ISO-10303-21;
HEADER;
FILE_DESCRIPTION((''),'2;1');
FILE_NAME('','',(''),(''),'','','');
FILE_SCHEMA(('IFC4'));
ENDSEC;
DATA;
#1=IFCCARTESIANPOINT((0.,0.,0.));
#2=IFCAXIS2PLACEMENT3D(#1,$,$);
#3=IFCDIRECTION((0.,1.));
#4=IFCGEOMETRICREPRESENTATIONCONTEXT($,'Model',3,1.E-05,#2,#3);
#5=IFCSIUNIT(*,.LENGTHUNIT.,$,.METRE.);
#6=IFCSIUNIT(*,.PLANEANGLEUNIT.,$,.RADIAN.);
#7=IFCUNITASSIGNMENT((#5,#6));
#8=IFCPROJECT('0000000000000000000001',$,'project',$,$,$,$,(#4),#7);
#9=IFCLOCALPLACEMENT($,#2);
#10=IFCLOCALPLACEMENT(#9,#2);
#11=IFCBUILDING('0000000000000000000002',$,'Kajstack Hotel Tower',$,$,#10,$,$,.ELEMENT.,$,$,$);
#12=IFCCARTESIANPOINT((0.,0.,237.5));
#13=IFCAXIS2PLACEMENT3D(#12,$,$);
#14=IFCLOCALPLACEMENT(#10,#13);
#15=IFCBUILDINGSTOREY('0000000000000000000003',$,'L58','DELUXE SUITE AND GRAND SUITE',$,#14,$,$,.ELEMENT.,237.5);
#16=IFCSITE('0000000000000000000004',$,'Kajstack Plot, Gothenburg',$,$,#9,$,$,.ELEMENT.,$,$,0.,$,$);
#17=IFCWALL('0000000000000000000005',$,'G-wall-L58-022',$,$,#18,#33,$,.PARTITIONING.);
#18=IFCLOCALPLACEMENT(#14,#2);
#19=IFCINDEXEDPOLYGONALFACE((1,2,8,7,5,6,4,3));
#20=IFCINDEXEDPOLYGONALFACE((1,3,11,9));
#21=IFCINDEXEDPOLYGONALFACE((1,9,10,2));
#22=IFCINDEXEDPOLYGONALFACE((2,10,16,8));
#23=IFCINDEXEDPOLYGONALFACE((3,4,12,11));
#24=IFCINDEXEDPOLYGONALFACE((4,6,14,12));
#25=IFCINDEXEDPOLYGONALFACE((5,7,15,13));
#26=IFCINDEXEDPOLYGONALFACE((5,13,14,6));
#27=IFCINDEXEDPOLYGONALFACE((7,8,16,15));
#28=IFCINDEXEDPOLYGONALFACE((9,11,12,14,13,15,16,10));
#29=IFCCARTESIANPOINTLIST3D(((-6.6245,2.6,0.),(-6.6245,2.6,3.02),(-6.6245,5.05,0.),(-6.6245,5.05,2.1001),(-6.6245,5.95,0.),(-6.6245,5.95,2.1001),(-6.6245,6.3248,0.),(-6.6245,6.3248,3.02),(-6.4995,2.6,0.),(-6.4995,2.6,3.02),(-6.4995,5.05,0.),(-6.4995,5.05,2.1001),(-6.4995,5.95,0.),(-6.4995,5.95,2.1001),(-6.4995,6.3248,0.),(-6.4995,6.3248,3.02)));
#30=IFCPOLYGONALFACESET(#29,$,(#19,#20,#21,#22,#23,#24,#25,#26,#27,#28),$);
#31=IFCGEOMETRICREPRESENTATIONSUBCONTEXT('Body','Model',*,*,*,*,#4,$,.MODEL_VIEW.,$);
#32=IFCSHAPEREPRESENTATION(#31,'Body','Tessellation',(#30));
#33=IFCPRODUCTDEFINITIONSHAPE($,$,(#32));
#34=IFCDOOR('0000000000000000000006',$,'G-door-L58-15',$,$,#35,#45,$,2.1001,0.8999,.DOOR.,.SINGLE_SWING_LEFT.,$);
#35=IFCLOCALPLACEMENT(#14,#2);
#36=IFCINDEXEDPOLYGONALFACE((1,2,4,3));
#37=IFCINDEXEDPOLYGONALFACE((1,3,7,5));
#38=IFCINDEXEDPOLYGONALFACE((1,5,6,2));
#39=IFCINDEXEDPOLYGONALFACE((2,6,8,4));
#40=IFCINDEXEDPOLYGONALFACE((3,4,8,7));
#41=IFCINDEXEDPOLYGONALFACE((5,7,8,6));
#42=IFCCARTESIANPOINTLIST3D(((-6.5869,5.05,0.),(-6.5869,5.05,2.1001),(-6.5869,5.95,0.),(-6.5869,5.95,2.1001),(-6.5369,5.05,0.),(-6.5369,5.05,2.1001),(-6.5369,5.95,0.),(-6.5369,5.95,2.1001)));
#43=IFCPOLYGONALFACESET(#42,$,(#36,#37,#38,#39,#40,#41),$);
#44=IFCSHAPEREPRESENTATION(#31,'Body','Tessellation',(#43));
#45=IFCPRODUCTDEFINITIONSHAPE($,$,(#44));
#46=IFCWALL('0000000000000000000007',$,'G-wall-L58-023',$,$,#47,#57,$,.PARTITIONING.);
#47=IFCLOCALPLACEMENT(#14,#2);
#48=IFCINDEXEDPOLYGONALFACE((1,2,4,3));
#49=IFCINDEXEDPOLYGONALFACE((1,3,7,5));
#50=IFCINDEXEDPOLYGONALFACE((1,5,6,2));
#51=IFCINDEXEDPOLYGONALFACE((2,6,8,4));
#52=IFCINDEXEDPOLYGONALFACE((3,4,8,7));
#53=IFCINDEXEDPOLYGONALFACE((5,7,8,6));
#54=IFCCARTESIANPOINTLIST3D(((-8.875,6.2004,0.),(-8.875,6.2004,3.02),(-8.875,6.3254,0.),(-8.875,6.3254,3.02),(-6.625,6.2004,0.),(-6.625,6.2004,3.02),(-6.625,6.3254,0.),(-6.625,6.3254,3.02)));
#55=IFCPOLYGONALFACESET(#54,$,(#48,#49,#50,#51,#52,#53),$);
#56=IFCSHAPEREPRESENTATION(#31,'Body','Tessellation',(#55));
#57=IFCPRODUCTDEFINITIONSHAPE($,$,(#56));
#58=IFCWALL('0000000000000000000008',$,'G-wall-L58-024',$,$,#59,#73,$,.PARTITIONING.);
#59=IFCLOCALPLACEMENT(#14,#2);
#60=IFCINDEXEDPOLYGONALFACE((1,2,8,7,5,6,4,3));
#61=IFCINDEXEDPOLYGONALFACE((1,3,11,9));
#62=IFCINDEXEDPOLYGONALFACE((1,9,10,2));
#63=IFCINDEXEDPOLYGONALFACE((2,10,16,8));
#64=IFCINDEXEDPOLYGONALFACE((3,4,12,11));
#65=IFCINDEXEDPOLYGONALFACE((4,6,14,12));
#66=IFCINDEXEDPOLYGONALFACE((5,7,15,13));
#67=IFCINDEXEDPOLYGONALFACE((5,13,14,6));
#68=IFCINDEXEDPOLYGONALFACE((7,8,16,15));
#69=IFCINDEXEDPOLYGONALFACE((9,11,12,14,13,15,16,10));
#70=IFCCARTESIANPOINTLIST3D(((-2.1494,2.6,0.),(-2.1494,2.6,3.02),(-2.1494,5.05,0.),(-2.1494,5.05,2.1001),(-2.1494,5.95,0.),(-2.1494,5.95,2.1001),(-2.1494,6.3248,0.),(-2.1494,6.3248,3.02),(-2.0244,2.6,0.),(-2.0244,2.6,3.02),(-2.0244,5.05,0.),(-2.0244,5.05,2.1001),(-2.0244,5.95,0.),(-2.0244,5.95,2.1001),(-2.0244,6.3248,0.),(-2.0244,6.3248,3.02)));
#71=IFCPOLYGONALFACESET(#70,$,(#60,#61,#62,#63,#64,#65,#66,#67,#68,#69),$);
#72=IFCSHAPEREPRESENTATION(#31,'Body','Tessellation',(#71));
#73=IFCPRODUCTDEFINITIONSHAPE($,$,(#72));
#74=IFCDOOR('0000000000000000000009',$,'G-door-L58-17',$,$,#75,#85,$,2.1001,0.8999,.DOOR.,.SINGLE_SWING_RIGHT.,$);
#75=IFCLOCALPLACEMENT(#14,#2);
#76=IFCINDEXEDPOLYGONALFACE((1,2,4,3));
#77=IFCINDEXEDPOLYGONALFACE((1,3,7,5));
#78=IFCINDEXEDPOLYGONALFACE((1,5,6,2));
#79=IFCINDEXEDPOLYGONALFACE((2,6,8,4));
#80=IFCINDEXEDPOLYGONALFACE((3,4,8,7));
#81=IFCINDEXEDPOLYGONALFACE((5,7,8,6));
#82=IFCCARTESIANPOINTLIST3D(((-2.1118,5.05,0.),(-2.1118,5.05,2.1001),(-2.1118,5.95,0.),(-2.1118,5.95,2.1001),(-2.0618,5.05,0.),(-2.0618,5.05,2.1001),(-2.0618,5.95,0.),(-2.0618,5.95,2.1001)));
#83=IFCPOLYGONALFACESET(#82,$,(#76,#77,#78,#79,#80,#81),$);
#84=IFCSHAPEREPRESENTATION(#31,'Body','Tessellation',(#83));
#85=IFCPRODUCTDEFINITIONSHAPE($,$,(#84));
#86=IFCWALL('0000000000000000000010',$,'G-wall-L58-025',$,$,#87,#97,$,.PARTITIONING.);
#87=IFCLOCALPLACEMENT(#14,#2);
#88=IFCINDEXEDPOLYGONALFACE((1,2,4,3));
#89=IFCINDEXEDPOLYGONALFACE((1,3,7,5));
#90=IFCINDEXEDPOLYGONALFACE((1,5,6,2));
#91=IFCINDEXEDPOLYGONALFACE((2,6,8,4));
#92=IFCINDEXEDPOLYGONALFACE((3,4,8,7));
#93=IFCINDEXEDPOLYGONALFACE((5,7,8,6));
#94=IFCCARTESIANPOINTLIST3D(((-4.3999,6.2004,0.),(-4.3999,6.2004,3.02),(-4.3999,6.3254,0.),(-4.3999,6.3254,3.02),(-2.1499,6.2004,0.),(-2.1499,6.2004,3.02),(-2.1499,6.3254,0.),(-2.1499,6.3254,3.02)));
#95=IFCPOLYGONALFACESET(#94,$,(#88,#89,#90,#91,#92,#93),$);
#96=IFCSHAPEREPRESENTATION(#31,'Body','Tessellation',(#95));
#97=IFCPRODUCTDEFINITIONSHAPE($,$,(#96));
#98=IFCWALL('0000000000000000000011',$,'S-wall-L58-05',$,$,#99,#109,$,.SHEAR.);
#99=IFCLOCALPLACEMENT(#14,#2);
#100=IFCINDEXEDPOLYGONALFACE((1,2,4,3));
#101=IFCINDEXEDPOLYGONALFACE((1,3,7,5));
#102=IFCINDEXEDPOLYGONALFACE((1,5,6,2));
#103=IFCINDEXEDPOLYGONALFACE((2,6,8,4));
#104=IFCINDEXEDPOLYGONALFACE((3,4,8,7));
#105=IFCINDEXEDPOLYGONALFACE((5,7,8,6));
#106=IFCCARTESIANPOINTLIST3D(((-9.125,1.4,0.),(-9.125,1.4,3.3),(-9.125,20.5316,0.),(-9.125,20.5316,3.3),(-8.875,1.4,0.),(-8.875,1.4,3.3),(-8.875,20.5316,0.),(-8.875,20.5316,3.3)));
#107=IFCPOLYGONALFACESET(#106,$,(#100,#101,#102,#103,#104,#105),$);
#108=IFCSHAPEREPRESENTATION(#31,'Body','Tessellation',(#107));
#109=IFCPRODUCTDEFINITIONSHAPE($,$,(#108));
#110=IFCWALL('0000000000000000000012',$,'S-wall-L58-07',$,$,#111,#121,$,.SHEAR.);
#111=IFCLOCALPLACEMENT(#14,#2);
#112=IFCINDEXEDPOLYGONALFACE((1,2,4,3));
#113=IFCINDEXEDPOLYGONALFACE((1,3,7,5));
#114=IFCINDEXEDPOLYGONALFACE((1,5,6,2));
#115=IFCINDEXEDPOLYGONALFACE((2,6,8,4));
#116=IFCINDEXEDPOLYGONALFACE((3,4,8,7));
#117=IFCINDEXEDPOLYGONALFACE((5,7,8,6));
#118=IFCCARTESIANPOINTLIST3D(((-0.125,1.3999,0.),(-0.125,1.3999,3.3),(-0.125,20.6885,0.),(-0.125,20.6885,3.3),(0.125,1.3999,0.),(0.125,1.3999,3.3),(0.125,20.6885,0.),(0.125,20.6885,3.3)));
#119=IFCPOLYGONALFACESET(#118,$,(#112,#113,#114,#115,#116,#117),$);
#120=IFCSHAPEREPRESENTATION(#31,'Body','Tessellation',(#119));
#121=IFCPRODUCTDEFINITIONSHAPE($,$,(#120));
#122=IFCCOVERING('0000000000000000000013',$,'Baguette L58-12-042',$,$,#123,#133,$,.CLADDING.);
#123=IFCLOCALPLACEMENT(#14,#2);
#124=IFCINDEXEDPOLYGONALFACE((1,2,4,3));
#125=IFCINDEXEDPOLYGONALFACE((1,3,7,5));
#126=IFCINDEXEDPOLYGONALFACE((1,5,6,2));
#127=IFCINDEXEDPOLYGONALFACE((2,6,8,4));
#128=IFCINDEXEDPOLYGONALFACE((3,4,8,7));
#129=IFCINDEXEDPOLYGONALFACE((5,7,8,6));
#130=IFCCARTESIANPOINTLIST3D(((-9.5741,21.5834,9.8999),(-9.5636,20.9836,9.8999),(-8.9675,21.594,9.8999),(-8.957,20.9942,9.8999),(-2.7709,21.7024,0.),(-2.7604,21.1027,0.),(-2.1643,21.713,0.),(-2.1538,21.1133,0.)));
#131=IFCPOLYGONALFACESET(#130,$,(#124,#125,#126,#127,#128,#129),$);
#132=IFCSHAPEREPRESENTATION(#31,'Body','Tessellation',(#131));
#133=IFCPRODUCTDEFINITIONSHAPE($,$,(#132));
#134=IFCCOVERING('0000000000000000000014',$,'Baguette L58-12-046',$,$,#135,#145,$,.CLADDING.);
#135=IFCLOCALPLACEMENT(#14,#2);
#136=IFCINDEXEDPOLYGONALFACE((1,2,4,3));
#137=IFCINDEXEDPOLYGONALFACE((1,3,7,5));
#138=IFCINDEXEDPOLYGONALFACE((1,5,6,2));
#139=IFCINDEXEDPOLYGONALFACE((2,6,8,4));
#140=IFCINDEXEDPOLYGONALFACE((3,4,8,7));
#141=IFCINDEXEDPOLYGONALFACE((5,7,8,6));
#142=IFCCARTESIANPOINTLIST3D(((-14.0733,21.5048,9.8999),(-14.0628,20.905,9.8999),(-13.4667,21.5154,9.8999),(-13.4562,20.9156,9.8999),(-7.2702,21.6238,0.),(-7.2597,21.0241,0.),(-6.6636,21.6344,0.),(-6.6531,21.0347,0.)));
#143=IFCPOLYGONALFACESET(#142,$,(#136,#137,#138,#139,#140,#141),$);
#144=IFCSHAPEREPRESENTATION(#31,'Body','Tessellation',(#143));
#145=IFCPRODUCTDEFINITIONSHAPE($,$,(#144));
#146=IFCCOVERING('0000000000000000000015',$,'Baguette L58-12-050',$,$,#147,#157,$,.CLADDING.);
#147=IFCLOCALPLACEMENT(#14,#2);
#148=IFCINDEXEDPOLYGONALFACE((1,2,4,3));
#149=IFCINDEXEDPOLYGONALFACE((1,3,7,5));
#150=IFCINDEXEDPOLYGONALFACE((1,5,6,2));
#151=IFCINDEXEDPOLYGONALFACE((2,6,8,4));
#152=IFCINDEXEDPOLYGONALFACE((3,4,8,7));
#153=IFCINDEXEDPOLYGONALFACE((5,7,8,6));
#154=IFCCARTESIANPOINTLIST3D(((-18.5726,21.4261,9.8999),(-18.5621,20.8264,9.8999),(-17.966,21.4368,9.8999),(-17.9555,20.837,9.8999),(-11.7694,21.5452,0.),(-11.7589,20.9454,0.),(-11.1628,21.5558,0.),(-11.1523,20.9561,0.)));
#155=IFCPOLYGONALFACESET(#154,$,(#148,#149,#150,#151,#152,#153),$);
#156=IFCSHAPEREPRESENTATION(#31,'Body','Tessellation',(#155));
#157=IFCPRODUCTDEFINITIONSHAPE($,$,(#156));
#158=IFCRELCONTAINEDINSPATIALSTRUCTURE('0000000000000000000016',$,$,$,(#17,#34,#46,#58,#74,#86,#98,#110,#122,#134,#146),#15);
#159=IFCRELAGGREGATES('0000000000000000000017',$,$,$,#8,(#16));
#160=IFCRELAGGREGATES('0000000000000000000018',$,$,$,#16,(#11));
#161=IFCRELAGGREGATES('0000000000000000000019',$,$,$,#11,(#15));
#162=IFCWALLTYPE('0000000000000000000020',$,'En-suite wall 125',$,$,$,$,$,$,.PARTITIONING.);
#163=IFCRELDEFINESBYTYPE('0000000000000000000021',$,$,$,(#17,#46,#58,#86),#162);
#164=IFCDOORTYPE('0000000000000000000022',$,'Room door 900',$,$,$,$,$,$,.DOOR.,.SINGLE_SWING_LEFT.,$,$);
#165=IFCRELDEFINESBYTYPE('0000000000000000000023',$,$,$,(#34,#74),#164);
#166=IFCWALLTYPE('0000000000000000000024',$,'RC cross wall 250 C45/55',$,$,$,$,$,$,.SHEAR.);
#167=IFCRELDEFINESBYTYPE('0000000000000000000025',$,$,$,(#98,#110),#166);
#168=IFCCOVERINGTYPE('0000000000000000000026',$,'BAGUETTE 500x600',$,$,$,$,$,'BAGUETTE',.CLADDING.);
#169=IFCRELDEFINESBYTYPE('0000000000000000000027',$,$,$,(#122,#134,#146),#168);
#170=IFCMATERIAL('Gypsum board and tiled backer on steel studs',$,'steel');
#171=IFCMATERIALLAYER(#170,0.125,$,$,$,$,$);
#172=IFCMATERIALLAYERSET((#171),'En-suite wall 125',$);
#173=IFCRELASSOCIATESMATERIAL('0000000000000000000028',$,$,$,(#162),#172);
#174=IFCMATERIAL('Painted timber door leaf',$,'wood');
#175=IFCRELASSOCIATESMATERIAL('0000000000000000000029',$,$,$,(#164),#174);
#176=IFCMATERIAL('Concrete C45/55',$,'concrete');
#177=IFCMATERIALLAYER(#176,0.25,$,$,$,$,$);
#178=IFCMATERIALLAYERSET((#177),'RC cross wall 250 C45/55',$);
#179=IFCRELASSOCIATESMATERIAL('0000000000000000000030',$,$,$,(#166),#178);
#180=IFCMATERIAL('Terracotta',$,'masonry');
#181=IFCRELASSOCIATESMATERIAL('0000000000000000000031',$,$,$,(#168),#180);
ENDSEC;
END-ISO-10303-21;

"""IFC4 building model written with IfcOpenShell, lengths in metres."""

from ifc_helpers import new_model, si_unit, direction, frame, frame_2d, origin, origin_2d, place, context, subcontext, project, spatial, polyline, rectangle, outline, extrude, material, layer, layer_set, material_profile, profile_set, type_object, element, fill, save


model = new_model("IFC4")

# Units and contexts
model_context = context("Model", 3, precision=1e-05, world=origin(), true_north=direction((0.0, 1.0)))
body_context = subcontext(model_context, "Body", "Model", "MODEL_VIEW")
ifc_project = project(units=[si_unit("LENGTHUNIT", "METRE"), si_unit("PLANEANGLEUNIT", "RADIAN")], contexts=[model_context])

# Site, building, storey
site_placement = place(None, origin())
site = spatial("IfcSite", under=ifc_project, at=site_placement, Name="Kajstack Plot, Gothenburg", CompositionType="ELEMENT", RefElevation=0.0)
building_placement = place(site_placement, origin())
building = spatial("IfcBuilding", under=site, at=building_placement, Name="Kajstack Hotel Tower", CompositionType="ELEMENT")
storey_placement = place(building_placement, frame((0.0, 0.0, 237.5)))
storey = spatial("IfcBuildingStorey", under=building, at=storey_placement, Name="L58", Description="DELUXE SUITE AND GRAND SUITE", CompositionType="ELEMENT", Elevation=237.5)

# Wall, opening, door
ifc_material_1 = material(Name="Gypsum board and tiled backer on steel studs", Category="steel")
ifc_layer_1 = layer(ifc_material_1, 0.125)
ifc_layer_set_1 = layer_set([ifc_layer_1], Name="En-suite wall 125")
wall_type_1 = type_object("IfcWallType", Name="En-suite wall 125", PredefinedType="PARTITIONING", material=ifc_layer_set_1)
ifc_material_2 = material(Name="Painted timber door leaf", Category="wood")
door_type = type_object("IfcDoorType", Name="Room door 900", OperationType="SINGLE_SWING_LEFT", PredefinedType="DOOR", material=ifc_material_2)
wall_1_placement = place(storey_placement, frame((-6.562, 2.6001, 0.0), z_axis=(0.0, 0.0, 1.0), x_axis=(0.0, 1.0, 0.0)))
wall_1 = element("IfcWall", 1, at=wall_1_placement, inside=storey, type_object=wall_type_1, Name="G-wall-L58-022", PredefinedType="PARTITIONING", context=body_context, shape_type="SweptSolid", body=[
    extrude(rectangle(XDim=3.7249, YDim=0.125, at=frame_2d((1.8623, 0.0))), origin(), (0.0, 0.0, 1.0), 3.02),
])
opening_1_placement = place(wall_1_placement, frame((2.45, 0.0, 0.0)))
opening_1 = element("IfcOpeningElement", 2, at=opening_1_placement, cuts=wall_1, PredefinedType="OPENING", context=body_context, shape_type="SweptSolid", body=[
    extrude(rectangle(XDim=0.8999, YDim=2.1001, at=frame_2d((0.45, 1.05))), frame((0.0, 0.0725, 0.0), z_axis=(0.0, -1.0, 0.0), x_axis=(1.0, 0.0, 0.0)), (0.0, 0.0, 1.0), 0.145),
])
door_1_placement = place(opening_1_placement, origin())
door_1 = element("IfcDoor", 3, at=door_1_placement, inside=storey, type_object=door_type, Name="G-door-L58-15", OperationType="SINGLE_SWING_LEFT", OverallHeight=2.1001, OverallWidth=0.8999, PredefinedType="DOOR", context=body_context, shape_type="SweptSolid", body=[
    extrude(rectangle(XDim=0.8999, YDim=2.1001, at=frame_2d((0.45, 1.05))), frame((0.0, 0.0249, 0.0), z_axis=(0.0, -1.0, 0.0), x_axis=(1.0, 0.0, 0.0)), (0.0, 0.0, 1.0), 0.05),
])
fill(opening_1, door_1)

# Wall
wall_2_placement = place(storey_placement, frame((-8.875, 6.2629, 0.0), z_axis=(0.0, 0.0, 1.0), x_axis=(1.0, 0.0, 0.0)))
element("IfcWall", 4, at=wall_2_placement, inside=storey, type_object=wall_type_1, Name="G-wall-L58-023", PredefinedType="PARTITIONING", context=body_context, shape_type="SweptSolid", body=[
    extrude(rectangle(XDim=2.25, YDim=0.125, at=frame_2d((1.125, 0.0))), origin(), (0.0, 0.0, 1.0), 3.02),
])

# Wall, opening, door
wall_3_placement = place(storey_placement, frame((-2.0869, 2.6001, 0.0), z_axis=(0.0, 0.0, 1.0), x_axis=(0.0, 1.0, 0.0)))
wall_3 = element("IfcWall", 5, at=wall_3_placement, inside=storey, type_object=wall_type_1, Name="G-wall-L58-024", PredefinedType="PARTITIONING", context=body_context, shape_type="SweptSolid", body=[
    extrude(rectangle(XDim=3.7249, YDim=0.125, at=frame_2d((1.8623, 0.0))), origin(), (0.0, 0.0, 1.0), 3.02),
])
opening_2_placement = place(wall_3_placement, frame((2.45, 0.0, 0.0)))
opening_2 = element("IfcOpeningElement", 6, at=opening_2_placement, cuts=wall_3, PredefinedType="OPENING", context=body_context, shape_type="SweptSolid", body=[
    extrude(rectangle(XDim=0.8999, YDim=2.1001, at=frame_2d((0.45, 1.05))), frame((0.0, 0.0725, 0.0), z_axis=(0.0, -1.0, 0.0), x_axis=(1.0, 0.0, 0.0)), (0.0, 0.0, 1.0), 0.145),
])
door_2_placement = place(opening_2_placement, origin())
door_2 = element("IfcDoor", 7, at=door_2_placement, inside=storey, type_object=door_type, Name="G-door-L58-17", OperationType="SINGLE_SWING_RIGHT", OverallHeight=2.1001, OverallWidth=0.8999, PredefinedType="DOOR", context=body_context, shape_type="SweptSolid", body=[
    extrude(rectangle(XDim=0.8999, YDim=2.1001, at=frame_2d((0.45, 1.05))), frame((0.0, 0.0249, 0.0), z_axis=(0.0, -1.0, 0.0), x_axis=(1.0, 0.0, 0.0)), (0.0, 0.0, 1.0), 0.05),
])
fill(opening_2, door_2)

# Walls
wall_4_placement = place(storey_placement, frame((-4.3999, 6.2629, 0.0), z_axis=(0.0, 0.0, 1.0), x_axis=(1.0, 0.0, 0.0)))
element("IfcWall", 8, at=wall_4_placement, inside=storey, type_object=wall_type_1, Name="G-wall-L58-025", PredefinedType="PARTITIONING", context=body_context, shape_type="SweptSolid", body=[
    extrude(rectangle(XDim=2.25, YDim=0.125, at=frame_2d((1.125, 0.0))), origin(), (0.0, 0.0, 1.0), 3.02),
])
ifc_material_3 = material(Name="Concrete C45/55", Category="concrete")
ifc_layer_2 = layer(ifc_material_3, 0.25)
ifc_layer_set_2 = layer_set([ifc_layer_2], Name="RC cross wall 250 C45/55")
wall_type_2 = type_object("IfcWallType", Name="RC cross wall 250 C45/55", PredefinedType="SHEAR", material=ifc_layer_set_2)
wall_5_placement = place(storey_placement, frame((-9.0, 1.3999, 0.0), z_axis=(0.0, 0.0, 1.0), x_axis=(0.0, 1.0, 0.0)))
element("IfcWall", 9, at=wall_5_placement, inside=storey, type_object=wall_type_2, Name="S-wall-L58-05", PredefinedType="SHEAR", context=body_context, shape_type="SweptSolid", body=[
    extrude(rectangle(XDim=19.1316, YDim=0.25, at=frame_2d((9.5659, 0.0))), origin(), (0.0, 0.0, 1.0), 3.3),
])
wall_6_placement = place(storey_placement, frame((0.0, 1.3999, 0.0), z_axis=(0.0, 0.0, 1.0), x_axis=(0.0, 1.0, 0.0)))
element("IfcWall", 10, at=wall_6_placement, inside=storey, type_object=wall_type_2, Name="S-wall-L58-07", PredefinedType="SHEAR", context=body_context, shape_type="SweptSolid", body=[
    extrude(rectangle(XDim=19.2886, YDim=0.25, at=frame_2d((9.6443, 0.0))), origin(), (0.0, 0.0, 1.0), 3.3),
])

# Coverings
ifc_material_4 = material(Name="Terracotta", Category="masonry")
ifc_material_profile = material_profile(ifc_material_4, rectangle(XDim=0.6001, YDim=0.5, at=origin_2d()), Name="Terracotta-clad concrete baguette 500 x 600")
ifc_profile_set = profile_set([ifc_material_profile], Name="Terracotta")
covering_type = type_object("IfcCoveringType", Name="BAGUETTE 500x600", ElementType="BAGUETTE", PredefinedType="CLADDING", material=ifc_profile_set)
for number, where, z_axis, x_axis, name in (
    (11, (-2.1538, 21.1133, 0.0), (-0.017498, 0.999847, 0.0), (-0.999847, -0.017498, 0.0), "Baguette L58-12-042"),
    (12, (-6.6531, 21.0347, 0.0), (-0.017498, 0.999847, 0.0), (-0.999847, -0.017498, 0.0), "Baguette L58-12-046"),
    (13, (-11.1523, 20.9561, 0.0), (-0.017498, 0.999847, 0.0), (-0.999847, -0.017498, 0.0), "Baguette L58-12-050"),
):
    element("IfcCovering", number, at=place(storey_placement, frame(where, z_axis=z_axis, x_axis=x_axis)), inside=storey, type_object=covering_type, Name=name, PredefinedType="CLADDING", context=body_context, shape_type="SweptSolid", body=[
        extrude(outline(polyline([(6.8042, 9.8999), (0.0, 0.0), (0.6067, 0.0), (7.4109, 9.8999), (6.8042, 9.8999)])), origin(), (0.0, 0.0, 1.0), 0.5999),
    ])

save(model, "model.ifc")
